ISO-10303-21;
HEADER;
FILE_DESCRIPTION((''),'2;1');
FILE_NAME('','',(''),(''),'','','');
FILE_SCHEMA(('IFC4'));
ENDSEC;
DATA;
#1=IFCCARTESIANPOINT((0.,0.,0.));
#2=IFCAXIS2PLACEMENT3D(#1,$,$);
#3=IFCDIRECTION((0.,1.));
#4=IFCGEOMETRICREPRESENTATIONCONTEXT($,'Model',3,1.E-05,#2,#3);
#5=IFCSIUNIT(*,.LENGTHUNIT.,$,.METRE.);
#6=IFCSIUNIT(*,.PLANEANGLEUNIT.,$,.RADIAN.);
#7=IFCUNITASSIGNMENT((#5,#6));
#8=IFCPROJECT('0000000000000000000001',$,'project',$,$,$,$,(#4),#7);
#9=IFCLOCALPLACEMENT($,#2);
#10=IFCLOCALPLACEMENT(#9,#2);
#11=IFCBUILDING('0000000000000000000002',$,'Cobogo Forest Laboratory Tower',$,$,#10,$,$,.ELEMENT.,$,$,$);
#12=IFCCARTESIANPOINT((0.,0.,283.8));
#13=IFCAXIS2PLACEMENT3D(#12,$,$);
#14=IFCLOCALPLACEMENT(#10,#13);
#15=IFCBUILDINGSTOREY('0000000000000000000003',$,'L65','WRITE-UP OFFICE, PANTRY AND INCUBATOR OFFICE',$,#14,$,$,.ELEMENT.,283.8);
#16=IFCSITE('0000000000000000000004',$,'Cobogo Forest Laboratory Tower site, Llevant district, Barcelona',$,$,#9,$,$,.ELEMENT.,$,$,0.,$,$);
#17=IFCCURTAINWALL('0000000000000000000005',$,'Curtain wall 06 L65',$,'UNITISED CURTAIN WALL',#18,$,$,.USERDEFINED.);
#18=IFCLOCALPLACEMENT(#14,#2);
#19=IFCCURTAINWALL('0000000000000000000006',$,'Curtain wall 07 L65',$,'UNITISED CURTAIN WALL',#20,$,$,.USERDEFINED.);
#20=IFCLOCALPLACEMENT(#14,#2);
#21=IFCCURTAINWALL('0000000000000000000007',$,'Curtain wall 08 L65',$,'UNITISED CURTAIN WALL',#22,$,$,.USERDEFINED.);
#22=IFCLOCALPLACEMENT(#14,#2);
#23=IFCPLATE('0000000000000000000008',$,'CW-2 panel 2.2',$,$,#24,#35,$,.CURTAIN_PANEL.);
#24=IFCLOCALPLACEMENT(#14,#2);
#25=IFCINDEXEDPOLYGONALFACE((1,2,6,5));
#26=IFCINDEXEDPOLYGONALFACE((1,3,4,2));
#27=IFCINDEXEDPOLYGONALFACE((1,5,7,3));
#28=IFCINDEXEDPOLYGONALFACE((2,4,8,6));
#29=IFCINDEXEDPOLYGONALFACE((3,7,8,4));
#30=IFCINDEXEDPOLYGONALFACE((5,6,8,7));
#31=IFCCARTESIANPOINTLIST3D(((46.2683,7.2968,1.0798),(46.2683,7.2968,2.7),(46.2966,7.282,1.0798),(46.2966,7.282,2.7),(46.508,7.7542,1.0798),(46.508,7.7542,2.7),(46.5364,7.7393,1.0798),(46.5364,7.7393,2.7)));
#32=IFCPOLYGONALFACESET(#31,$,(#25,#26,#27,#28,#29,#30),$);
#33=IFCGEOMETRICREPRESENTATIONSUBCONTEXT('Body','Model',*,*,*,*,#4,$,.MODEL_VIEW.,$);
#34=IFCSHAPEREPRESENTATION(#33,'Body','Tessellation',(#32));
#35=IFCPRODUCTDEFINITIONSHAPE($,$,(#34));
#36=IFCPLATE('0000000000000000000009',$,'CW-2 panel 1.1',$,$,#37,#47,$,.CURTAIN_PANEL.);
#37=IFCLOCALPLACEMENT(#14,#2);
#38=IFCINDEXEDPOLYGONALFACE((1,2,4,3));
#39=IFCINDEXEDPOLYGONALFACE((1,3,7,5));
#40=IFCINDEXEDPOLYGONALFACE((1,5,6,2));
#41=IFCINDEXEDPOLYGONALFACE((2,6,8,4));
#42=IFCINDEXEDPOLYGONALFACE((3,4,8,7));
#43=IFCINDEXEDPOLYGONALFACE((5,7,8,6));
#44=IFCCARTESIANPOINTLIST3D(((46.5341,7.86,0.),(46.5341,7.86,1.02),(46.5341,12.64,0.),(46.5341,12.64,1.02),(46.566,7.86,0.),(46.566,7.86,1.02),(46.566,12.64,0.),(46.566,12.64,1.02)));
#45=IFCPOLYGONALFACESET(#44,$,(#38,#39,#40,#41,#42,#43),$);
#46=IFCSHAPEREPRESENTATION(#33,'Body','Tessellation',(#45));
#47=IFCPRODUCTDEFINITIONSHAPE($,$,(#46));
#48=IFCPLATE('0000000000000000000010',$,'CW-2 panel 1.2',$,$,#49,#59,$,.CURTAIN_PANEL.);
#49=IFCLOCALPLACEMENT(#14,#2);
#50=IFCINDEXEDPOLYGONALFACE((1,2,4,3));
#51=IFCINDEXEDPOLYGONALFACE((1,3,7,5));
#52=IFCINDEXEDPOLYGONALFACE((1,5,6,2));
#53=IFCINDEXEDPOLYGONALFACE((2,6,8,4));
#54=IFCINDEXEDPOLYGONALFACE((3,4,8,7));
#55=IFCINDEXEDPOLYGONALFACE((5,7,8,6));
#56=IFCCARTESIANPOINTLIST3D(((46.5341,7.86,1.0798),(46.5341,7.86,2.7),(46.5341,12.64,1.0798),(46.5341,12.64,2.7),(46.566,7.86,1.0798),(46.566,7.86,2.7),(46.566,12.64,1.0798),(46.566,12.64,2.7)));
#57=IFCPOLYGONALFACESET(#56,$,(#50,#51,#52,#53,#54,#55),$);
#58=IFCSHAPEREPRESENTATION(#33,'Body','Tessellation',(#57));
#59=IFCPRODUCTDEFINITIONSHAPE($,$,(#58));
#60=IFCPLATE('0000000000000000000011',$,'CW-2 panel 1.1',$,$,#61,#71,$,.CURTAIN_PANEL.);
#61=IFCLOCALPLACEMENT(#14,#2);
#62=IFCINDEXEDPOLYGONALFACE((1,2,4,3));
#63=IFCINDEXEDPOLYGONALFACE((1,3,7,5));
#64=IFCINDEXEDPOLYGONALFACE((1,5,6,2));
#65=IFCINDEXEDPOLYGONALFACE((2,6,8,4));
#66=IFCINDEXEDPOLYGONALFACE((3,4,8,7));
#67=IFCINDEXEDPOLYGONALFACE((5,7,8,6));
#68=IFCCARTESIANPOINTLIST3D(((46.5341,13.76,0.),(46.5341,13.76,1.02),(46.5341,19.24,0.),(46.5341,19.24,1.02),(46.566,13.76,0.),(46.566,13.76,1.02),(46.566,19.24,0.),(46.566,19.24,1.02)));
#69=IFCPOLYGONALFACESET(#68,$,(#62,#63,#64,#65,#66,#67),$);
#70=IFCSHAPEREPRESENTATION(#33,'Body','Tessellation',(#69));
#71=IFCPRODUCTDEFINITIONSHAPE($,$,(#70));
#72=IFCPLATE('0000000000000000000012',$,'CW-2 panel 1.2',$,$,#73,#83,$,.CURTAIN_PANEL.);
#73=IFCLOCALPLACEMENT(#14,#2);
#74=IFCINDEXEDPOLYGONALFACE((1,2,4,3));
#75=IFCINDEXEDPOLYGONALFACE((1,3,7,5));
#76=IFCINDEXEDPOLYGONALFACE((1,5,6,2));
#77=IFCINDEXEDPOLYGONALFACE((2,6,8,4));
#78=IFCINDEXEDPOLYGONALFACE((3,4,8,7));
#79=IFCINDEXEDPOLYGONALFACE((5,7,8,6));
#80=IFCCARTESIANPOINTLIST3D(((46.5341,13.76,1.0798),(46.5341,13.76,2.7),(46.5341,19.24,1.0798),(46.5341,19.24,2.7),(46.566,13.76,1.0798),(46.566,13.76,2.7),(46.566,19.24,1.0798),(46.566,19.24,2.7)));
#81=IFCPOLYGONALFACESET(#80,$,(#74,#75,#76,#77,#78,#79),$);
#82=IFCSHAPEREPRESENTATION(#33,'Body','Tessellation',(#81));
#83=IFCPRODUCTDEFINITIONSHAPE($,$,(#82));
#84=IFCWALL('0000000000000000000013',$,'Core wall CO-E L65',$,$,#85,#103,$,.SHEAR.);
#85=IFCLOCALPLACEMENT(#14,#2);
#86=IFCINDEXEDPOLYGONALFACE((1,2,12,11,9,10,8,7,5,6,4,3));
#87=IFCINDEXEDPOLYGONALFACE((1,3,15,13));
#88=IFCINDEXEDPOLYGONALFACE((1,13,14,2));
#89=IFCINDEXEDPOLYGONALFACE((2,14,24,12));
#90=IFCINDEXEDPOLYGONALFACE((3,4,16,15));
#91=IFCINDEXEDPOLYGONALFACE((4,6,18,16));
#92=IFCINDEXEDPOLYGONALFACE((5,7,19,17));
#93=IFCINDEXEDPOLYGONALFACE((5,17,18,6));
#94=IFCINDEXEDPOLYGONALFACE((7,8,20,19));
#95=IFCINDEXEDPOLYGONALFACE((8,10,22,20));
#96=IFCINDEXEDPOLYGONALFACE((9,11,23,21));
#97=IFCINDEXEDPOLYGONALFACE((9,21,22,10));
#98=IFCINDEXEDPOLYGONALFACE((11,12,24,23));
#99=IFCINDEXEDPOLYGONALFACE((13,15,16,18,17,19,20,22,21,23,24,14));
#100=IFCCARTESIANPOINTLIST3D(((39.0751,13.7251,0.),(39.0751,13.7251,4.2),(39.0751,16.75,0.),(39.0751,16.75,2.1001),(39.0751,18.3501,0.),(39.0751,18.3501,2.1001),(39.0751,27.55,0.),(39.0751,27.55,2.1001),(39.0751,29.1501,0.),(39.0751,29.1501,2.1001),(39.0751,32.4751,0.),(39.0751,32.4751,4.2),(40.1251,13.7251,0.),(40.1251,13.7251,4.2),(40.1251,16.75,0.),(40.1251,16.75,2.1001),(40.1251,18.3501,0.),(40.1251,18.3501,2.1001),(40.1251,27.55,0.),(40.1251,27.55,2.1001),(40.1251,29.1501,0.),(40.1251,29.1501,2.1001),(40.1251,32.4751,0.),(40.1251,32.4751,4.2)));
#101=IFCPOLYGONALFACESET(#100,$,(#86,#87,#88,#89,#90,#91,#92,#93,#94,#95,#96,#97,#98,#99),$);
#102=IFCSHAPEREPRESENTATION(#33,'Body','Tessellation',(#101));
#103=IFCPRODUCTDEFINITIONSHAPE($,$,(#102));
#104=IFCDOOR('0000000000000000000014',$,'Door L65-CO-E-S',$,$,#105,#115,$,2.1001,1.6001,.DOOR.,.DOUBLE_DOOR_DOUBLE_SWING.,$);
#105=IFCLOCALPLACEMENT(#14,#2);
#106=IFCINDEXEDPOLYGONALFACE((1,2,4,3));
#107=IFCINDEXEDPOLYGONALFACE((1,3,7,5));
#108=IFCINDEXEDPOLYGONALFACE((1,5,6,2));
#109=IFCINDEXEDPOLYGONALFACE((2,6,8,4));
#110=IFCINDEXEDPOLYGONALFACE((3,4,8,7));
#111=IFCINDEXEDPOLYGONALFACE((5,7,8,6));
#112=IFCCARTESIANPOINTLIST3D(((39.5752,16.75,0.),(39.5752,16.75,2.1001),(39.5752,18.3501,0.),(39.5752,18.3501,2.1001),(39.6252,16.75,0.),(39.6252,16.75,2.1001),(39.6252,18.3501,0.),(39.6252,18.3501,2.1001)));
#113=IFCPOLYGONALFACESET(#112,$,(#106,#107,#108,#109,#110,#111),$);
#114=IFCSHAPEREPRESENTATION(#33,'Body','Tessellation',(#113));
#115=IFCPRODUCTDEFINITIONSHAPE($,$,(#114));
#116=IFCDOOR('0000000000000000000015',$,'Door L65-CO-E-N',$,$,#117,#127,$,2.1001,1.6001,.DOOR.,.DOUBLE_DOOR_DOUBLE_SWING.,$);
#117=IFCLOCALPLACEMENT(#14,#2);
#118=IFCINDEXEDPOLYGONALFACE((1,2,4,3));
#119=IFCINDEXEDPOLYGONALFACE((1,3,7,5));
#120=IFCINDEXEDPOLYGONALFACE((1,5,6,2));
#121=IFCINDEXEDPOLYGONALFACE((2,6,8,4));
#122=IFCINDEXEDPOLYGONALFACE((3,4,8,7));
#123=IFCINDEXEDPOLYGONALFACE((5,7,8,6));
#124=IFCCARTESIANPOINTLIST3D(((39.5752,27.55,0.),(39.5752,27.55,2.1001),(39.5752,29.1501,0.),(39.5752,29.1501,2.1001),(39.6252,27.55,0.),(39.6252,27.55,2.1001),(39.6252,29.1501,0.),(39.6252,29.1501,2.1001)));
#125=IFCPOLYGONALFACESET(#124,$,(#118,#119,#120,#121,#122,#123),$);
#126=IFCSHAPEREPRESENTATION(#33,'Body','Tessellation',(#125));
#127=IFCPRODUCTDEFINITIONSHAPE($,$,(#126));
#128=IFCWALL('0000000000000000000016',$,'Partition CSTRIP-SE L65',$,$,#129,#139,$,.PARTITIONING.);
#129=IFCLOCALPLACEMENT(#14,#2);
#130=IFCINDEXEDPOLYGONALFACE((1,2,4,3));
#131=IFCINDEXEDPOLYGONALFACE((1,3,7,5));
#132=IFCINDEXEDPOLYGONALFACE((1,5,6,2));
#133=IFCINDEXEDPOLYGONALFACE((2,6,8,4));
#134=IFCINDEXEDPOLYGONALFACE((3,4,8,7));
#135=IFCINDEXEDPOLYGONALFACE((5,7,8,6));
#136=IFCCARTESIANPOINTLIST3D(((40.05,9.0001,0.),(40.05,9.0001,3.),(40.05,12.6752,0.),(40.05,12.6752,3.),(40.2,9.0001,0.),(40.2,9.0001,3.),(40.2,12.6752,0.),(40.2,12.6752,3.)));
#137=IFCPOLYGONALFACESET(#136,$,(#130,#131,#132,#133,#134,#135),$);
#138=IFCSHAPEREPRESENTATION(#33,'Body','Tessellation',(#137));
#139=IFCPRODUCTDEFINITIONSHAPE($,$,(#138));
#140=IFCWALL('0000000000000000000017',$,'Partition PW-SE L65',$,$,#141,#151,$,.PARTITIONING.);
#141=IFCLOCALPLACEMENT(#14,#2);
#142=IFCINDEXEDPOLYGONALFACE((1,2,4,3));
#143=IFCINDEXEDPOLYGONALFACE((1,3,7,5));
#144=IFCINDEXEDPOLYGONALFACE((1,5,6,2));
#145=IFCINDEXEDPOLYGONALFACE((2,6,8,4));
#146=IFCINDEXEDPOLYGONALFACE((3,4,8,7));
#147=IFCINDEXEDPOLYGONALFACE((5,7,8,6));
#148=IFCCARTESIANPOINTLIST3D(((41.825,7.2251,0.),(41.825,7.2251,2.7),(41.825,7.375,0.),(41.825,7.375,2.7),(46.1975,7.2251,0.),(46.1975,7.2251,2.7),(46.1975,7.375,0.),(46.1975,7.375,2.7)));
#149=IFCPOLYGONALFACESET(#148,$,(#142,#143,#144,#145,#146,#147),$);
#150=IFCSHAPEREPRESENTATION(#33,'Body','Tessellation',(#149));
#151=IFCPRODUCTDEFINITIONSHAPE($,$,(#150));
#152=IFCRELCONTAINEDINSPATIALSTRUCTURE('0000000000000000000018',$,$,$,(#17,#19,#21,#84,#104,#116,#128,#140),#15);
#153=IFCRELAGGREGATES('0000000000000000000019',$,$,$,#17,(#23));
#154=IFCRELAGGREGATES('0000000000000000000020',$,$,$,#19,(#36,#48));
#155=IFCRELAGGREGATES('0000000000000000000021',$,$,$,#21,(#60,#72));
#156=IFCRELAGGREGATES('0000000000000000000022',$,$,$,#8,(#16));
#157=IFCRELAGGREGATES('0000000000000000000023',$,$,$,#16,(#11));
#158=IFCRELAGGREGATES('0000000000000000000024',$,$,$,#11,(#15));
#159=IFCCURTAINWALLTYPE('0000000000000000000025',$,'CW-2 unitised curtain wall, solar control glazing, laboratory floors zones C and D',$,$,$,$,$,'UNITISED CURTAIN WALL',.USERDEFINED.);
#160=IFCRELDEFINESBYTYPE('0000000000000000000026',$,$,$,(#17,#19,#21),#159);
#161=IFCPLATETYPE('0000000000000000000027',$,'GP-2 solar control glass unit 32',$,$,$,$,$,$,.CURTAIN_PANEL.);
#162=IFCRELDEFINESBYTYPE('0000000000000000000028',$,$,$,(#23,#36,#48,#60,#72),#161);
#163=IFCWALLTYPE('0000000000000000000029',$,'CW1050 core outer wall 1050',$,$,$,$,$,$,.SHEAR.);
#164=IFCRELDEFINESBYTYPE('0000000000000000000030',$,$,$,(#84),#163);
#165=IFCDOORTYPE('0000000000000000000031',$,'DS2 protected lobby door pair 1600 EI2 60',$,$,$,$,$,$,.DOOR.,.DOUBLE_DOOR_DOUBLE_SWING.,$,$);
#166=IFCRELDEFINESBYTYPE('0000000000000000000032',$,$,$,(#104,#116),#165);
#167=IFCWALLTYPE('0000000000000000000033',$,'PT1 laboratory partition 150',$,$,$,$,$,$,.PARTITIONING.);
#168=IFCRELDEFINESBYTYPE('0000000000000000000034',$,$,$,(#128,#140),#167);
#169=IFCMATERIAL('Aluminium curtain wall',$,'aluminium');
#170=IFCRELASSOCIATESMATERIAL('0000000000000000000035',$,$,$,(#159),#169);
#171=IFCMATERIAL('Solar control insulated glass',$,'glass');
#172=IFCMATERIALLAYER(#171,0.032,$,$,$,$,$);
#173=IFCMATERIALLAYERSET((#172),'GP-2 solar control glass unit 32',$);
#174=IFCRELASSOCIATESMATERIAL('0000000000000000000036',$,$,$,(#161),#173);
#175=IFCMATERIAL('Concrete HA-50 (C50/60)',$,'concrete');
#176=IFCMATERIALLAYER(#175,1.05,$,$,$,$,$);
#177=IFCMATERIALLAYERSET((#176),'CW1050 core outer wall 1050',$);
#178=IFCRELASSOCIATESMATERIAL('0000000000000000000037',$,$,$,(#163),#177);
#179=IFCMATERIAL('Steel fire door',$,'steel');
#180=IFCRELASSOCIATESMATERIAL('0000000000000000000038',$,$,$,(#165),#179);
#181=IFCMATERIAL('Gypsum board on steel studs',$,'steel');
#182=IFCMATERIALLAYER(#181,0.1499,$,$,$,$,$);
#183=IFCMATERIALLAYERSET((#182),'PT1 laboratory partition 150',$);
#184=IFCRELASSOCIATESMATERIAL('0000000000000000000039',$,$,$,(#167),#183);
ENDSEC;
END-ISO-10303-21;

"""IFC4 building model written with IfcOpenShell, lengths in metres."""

from ifc_helpers import new_model, si_unit, direction, frame, frame_2d, origin, origin_2d, place, context, subcontext, project, spatial, rectangle, extrude, material, layer, layer_set, type_object, element, fill, aggregate, save


model = new_model("IFC4")

# Units and contexts
model_context = context("Model", 3, precision=1e-05, world=origin(), true_north=direction((0.0, 1.0)))
body_context = subcontext(model_context, "Body", "Model", "MODEL_VIEW")
ifc_project = project(units=[si_unit("LENGTHUNIT", "METRE"), si_unit("PLANEANGLEUNIT", "RADIAN")], contexts=[model_context])

# Site, building, storey
site_placement = place(None, origin())
site = spatial("IfcSite", under=ifc_project, at=site_placement, Name="Cobogo Forest Laboratory Tower site, Llevant district, Barcelona", CompositionType="ELEMENT", RefElevation=0.0)
building_placement = place(site_placement, origin())
building = spatial("IfcBuilding", under=site, at=building_placement, Name="Cobogo Forest Laboratory Tower", CompositionType="ELEMENT")
storey_placement = place(building_placement, frame((0.0, 0.0, 283.8)))
storey = spatial("IfcBuildingStorey", under=building, at=storey_placement, Name="L65", Description="WRITE-UP OFFICE, PANTRY AND INCUBATOR OFFICE", CompositionType="ELEMENT", Elevation=283.8)

# Shared definitions
ifc_material_1 = material(Name="Concrete HA-50 (C50/60)", Category="concrete")

# Curtain wall
ifc_material_2 = material(Name="Aluminium curtain wall", Category="aluminium")
curtain_wall_type = type_object("IfcCurtainWallType", Name="CW-2 unitised curtain wall, solar control glazing, laboratory floors zones C and D", ElementType="UNITISED CURTAIN WALL", PredefinedType="USERDEFINED", material=ifc_material_2)
curtain_wall_1_placement = place(storey_placement, origin())
curtain_wall_1 = element("IfcCurtainWall", 1, at=curtain_wall_1_placement, inside=storey, type_object=curtain_wall_type, Name="Curtain wall 06 L65", ObjectType="UNITISED CURTAIN WALL", PredefinedType="USERDEFINED")

# Curtain walls
curtain_wall_2_placement = place(storey_placement, origin())
curtain_wall_2 = element("IfcCurtainWall", 2, at=curtain_wall_2_placement, inside=storey, type_object=curtain_wall_type, Name="Curtain wall 07 L65", ObjectType="UNITISED CURTAIN WALL", PredefinedType="USERDEFINED")
curtain_wall_3_placement = place(storey_placement, origin())
curtain_wall_3 = element("IfcCurtainWall", 3, at=curtain_wall_3_placement, inside=storey, type_object=curtain_wall_type, Name="Curtain wall 08 L65", ObjectType="UNITISED CURTAIN WALL", PredefinedType="USERDEFINED")

# Plates
ifc_material_3 = material(Name="Solar control insulated glass", Category="glass")
ifc_layer_1 = layer(ifc_material_3, 0.032)
ifc_layer_set_1 = layer_set([ifc_layer_1], Name="GP-2 solar control glass unit 32")
plate_type_1 = type_object("IfcPlateType", Name="GP-2 solar control glass unit 32", PredefinedType="CURTAIN_PANEL", material=ifc_layer_set_1)
plate_1_placement = place(storey_placement, frame((46.4023, 7.5181, 1.0798), z_axis=(0.0, 0.0, 1.0), x_axis=(0.464284, 0.885686, 0.0)))
plate_1 = element("IfcPlate", 4, at=plate_1_placement, type_object=plate_type_1, Name="CW-2 panel 2.2", PredefinedType="CURTAIN_PANEL", context=body_context, shape_type="SweptSolid", body=[
    extrude(rectangle(XDim=0.5164, YDim=0.032, at=origin_2d()), origin(), (0.0, 0.0, 1.0), 1.6201),
])
aggregate(curtain_wall_1, [plate_1])
plate_2_placement = place(storey_placement, frame((46.55, 10.25, 0.0), z_axis=(0.0, 0.0, 1.0), x_axis=(0.0, 1.0, 0.0)))
plate_2 = element("IfcPlate", 5, at=plate_2_placement, type_object=plate_type_1, Name="CW-2 panel 1.1", PredefinedType="CURTAIN_PANEL", context=body_context, shape_type="SweptSolid", body=[
    extrude(rectangle(XDim=4.78, YDim=0.032, at=origin_2d()), origin(), (0.0, 0.0, 1.0), 1.02),
])
plate_3_placement = place(storey_placement, frame((46.55, 10.25, 1.0798), z_axis=(0.0, 0.0, 1.0), x_axis=(0.0, 1.0, 0.0)))
plate_3 = element("IfcPlate", 6, at=plate_3_placement, type_object=plate_type_1, Name="CW-2 panel 1.2", PredefinedType="CURTAIN_PANEL", context=body_context, shape_type="SweptSolid", body=[
    extrude(rectangle(XDim=4.78, YDim=0.032, at=origin_2d()), origin(), (0.0, 0.0, 1.0), 1.6201),
])
aggregate(curtain_wall_2, [plate_2, plate_3])
plate_4_placement = place(storey_placement, frame((46.55, 16.5, 0.0), z_axis=(0.0, 0.0, 1.0), x_axis=(0.0, 1.0, 0.0)))
plate_4 = element("IfcPlate", 7, at=plate_4_placement, type_object=plate_type_1, Name="CW-2 panel 1.1", PredefinedType="CURTAIN_PANEL", context=body_context, shape_type="SweptSolid", body=[
    extrude(rectangle(XDim=5.48, YDim=0.032, at=origin_2d()), origin(), (0.0, 0.0, 1.0), 1.02),
])
plate_5_placement = place(storey_placement, frame((46.55, 16.5, 1.0798), z_axis=(0.0, 0.0, 1.0), x_axis=(0.0, 1.0, 0.0)))
plate_5 = element("IfcPlate", 8, at=plate_5_placement, type_object=plate_type_1, Name="CW-2 panel 1.2", PredefinedType="CURTAIN_PANEL", context=body_context, shape_type="SweptSolid", body=[
    extrude(rectangle(XDim=5.48, YDim=0.032, at=origin_2d()), origin(), (0.0, 0.0, 1.0), 1.6201),
])
aggregate(curtain_wall_3, [plate_4, plate_5])

# Wall, openings, doors
ifc_layer_2 = layer(ifc_material_1, 1.05)
ifc_layer_set_2 = layer_set([ifc_layer_2], Name="CW1050 core outer wall 1050")
wall_type_1 = type_object("IfcWallType", Name="CW1050 core outer wall 1050", PredefinedType="SHEAR", material=ifc_layer_set_2)
wall_1_placement = place(storey_placement, frame((39.6001, 13.7251, 0.0), z_axis=(0.0, 0.0, 1.0), x_axis=(0.0, 1.0, 0.0)))
wall_1 = element("IfcWall", 9, at=wall_1_placement, inside=storey, type_object=wall_type_1, Name="Core wall CO-E L65", PredefinedType="SHEAR", context=body_context, shape_type="SweptSolid", body=[
    extrude(rectangle(XDim=18.75, YDim=1.05, at=frame_2d((9.375, 0.0))), origin(), (0.0, 0.0, 1.0), 4.2),
])
opening_1_placement = place(wall_1_placement, frame((3.0249, 0.0, 0.0)))
opening_1 = element("IfcOpeningElement", 10, at=opening_1_placement, cuts=wall_1, PredefinedType="OPENING", context=body_context, shape_type="SweptSolid", body=[
    extrude(rectangle(XDim=1.6001, YDim=2.1001, at=frame_2d((0.8, 1.05))), frame((0.0, 0.5349, 0.0), z_axis=(0.0, -1.0, 0.0), x_axis=(1.0, 0.0, 0.0)), (0.0, 0.0, 1.0), 1.0701),
])
opening_2_placement = place(wall_1_placement, frame((13.825, 0.0, 0.0)))
opening_2 = element("IfcOpeningElement", 11, at=opening_2_placement, cuts=wall_1, PredefinedType="OPENING", context=body_context, shape_type="SweptSolid", body=[
    extrude(rectangle(XDim=1.6001, YDim=2.1001, at=frame_2d((0.8, 1.05))), frame((0.0, 0.5349, 0.0), z_axis=(0.0, -1.0, 0.0), x_axis=(1.0, 0.0, 0.0)), (0.0, 0.0, 1.0), 1.0701),
])
ifc_material_4 = material(Name="Steel fire door", Category="steel")
door_type_1 = type_object("IfcDoorType", Name="DS2 protected lobby door pair 1600 EI2 60", OperationType="DOUBLE_DOOR_DOUBLE_SWING", PredefinedType="DOOR", material=ifc_material_4)
door_1_placement = place(opening_1_placement, origin())
door_1 = element("IfcDoor", 12, at=door_1_placement, inside=storey, type_object=door_type_1, Name="Door L65-CO-E-S", OperationType="DOUBLE_DOOR_DOUBLE_SWING", OverallHeight=2.1001, OverallWidth=1.6001, PredefinedType="DOOR", context=body_context, shape_type="SweptSolid", body=[
    extrude(rectangle(XDim=1.6001, YDim=2.1001, at=frame_2d((0.8, 1.05))), frame((0.0, 0.0249, 0.0), z_axis=(0.0, -1.0, 0.0), x_axis=(1.0, 0.0, 0.0)), (0.0, 0.0, 1.0), 0.05),
])
fill(opening_1, door_1)
door_2_placement = place(opening_2_placement, origin())
door_2 = element("IfcDoor", 13, at=door_2_placement, inside=storey, type_object=door_type_1, Name="Door L65-CO-E-N", OperationType="DOUBLE_DOOR_DOUBLE_SWING", OverallHeight=2.1001, OverallWidth=1.6001, PredefinedType="DOOR", context=body_context, shape_type="SweptSolid", body=[
    extrude(rectangle(XDim=1.6001, YDim=2.1001, at=frame_2d((0.8, 1.05))), frame((0.0, 0.0249, 0.0), z_axis=(0.0, -1.0, 0.0), x_axis=(1.0, 0.0, 0.0)), (0.0, 0.0, 1.0), 0.05),
])
fill(opening_2, door_2)

# Walls
ifc_material_5 = material(Name="Gypsum board on steel studs", Category="steel")
ifc_layer_3 = layer(ifc_material_5, 0.1499)
ifc_layer_set_3 = layer_set([ifc_layer_3], Name="PT1 laboratory partition 150")
wall_type_2 = type_object("IfcWallType", Name="PT1 laboratory partition 150", PredefinedType="PARTITIONING", material=ifc_layer_set_3)
wall_2_placement = place(storey_placement, frame((40.125, 12.675, 0.0), z_axis=(0.0, 0.0, 1.0), x_axis=(0.0, -1.0, 0.0)))
element("IfcWall", 14, at=wall_2_placement, inside=storey, type_object=wall_type_2, Name="Partition CSTRIP-SE L65", PredefinedType="PARTITIONING", context=body_context, shape_type="SweptSolid", body=[
    extrude(rectangle(XDim=3.675, YDim=0.1499, at=frame_2d((1.8374, 0.0))), origin(), (0.0, 0.0, 1.0), 3.0),
])
wall_3_placement = place(storey_placement, frame((46.1975, 7.3, 0.0), z_axis=(0.0, 0.0, 1.0), x_axis=(-1.0, 0.0, 0.0)))
element("IfcWall", 15, at=wall_3_placement, inside=storey, type_object=wall_type_2, Name="Partition PW-SE L65", PredefinedType="PARTITIONING", context=body_context, shape_type="SweptSolid", body=[
    extrude(rectangle(XDim=4.3726, YDim=0.1499, at=frame_2d((2.1863, 0.0))), origin(), (0.0, 0.0, 1.0), 2.7),
])

save(model, "model.ifc")
